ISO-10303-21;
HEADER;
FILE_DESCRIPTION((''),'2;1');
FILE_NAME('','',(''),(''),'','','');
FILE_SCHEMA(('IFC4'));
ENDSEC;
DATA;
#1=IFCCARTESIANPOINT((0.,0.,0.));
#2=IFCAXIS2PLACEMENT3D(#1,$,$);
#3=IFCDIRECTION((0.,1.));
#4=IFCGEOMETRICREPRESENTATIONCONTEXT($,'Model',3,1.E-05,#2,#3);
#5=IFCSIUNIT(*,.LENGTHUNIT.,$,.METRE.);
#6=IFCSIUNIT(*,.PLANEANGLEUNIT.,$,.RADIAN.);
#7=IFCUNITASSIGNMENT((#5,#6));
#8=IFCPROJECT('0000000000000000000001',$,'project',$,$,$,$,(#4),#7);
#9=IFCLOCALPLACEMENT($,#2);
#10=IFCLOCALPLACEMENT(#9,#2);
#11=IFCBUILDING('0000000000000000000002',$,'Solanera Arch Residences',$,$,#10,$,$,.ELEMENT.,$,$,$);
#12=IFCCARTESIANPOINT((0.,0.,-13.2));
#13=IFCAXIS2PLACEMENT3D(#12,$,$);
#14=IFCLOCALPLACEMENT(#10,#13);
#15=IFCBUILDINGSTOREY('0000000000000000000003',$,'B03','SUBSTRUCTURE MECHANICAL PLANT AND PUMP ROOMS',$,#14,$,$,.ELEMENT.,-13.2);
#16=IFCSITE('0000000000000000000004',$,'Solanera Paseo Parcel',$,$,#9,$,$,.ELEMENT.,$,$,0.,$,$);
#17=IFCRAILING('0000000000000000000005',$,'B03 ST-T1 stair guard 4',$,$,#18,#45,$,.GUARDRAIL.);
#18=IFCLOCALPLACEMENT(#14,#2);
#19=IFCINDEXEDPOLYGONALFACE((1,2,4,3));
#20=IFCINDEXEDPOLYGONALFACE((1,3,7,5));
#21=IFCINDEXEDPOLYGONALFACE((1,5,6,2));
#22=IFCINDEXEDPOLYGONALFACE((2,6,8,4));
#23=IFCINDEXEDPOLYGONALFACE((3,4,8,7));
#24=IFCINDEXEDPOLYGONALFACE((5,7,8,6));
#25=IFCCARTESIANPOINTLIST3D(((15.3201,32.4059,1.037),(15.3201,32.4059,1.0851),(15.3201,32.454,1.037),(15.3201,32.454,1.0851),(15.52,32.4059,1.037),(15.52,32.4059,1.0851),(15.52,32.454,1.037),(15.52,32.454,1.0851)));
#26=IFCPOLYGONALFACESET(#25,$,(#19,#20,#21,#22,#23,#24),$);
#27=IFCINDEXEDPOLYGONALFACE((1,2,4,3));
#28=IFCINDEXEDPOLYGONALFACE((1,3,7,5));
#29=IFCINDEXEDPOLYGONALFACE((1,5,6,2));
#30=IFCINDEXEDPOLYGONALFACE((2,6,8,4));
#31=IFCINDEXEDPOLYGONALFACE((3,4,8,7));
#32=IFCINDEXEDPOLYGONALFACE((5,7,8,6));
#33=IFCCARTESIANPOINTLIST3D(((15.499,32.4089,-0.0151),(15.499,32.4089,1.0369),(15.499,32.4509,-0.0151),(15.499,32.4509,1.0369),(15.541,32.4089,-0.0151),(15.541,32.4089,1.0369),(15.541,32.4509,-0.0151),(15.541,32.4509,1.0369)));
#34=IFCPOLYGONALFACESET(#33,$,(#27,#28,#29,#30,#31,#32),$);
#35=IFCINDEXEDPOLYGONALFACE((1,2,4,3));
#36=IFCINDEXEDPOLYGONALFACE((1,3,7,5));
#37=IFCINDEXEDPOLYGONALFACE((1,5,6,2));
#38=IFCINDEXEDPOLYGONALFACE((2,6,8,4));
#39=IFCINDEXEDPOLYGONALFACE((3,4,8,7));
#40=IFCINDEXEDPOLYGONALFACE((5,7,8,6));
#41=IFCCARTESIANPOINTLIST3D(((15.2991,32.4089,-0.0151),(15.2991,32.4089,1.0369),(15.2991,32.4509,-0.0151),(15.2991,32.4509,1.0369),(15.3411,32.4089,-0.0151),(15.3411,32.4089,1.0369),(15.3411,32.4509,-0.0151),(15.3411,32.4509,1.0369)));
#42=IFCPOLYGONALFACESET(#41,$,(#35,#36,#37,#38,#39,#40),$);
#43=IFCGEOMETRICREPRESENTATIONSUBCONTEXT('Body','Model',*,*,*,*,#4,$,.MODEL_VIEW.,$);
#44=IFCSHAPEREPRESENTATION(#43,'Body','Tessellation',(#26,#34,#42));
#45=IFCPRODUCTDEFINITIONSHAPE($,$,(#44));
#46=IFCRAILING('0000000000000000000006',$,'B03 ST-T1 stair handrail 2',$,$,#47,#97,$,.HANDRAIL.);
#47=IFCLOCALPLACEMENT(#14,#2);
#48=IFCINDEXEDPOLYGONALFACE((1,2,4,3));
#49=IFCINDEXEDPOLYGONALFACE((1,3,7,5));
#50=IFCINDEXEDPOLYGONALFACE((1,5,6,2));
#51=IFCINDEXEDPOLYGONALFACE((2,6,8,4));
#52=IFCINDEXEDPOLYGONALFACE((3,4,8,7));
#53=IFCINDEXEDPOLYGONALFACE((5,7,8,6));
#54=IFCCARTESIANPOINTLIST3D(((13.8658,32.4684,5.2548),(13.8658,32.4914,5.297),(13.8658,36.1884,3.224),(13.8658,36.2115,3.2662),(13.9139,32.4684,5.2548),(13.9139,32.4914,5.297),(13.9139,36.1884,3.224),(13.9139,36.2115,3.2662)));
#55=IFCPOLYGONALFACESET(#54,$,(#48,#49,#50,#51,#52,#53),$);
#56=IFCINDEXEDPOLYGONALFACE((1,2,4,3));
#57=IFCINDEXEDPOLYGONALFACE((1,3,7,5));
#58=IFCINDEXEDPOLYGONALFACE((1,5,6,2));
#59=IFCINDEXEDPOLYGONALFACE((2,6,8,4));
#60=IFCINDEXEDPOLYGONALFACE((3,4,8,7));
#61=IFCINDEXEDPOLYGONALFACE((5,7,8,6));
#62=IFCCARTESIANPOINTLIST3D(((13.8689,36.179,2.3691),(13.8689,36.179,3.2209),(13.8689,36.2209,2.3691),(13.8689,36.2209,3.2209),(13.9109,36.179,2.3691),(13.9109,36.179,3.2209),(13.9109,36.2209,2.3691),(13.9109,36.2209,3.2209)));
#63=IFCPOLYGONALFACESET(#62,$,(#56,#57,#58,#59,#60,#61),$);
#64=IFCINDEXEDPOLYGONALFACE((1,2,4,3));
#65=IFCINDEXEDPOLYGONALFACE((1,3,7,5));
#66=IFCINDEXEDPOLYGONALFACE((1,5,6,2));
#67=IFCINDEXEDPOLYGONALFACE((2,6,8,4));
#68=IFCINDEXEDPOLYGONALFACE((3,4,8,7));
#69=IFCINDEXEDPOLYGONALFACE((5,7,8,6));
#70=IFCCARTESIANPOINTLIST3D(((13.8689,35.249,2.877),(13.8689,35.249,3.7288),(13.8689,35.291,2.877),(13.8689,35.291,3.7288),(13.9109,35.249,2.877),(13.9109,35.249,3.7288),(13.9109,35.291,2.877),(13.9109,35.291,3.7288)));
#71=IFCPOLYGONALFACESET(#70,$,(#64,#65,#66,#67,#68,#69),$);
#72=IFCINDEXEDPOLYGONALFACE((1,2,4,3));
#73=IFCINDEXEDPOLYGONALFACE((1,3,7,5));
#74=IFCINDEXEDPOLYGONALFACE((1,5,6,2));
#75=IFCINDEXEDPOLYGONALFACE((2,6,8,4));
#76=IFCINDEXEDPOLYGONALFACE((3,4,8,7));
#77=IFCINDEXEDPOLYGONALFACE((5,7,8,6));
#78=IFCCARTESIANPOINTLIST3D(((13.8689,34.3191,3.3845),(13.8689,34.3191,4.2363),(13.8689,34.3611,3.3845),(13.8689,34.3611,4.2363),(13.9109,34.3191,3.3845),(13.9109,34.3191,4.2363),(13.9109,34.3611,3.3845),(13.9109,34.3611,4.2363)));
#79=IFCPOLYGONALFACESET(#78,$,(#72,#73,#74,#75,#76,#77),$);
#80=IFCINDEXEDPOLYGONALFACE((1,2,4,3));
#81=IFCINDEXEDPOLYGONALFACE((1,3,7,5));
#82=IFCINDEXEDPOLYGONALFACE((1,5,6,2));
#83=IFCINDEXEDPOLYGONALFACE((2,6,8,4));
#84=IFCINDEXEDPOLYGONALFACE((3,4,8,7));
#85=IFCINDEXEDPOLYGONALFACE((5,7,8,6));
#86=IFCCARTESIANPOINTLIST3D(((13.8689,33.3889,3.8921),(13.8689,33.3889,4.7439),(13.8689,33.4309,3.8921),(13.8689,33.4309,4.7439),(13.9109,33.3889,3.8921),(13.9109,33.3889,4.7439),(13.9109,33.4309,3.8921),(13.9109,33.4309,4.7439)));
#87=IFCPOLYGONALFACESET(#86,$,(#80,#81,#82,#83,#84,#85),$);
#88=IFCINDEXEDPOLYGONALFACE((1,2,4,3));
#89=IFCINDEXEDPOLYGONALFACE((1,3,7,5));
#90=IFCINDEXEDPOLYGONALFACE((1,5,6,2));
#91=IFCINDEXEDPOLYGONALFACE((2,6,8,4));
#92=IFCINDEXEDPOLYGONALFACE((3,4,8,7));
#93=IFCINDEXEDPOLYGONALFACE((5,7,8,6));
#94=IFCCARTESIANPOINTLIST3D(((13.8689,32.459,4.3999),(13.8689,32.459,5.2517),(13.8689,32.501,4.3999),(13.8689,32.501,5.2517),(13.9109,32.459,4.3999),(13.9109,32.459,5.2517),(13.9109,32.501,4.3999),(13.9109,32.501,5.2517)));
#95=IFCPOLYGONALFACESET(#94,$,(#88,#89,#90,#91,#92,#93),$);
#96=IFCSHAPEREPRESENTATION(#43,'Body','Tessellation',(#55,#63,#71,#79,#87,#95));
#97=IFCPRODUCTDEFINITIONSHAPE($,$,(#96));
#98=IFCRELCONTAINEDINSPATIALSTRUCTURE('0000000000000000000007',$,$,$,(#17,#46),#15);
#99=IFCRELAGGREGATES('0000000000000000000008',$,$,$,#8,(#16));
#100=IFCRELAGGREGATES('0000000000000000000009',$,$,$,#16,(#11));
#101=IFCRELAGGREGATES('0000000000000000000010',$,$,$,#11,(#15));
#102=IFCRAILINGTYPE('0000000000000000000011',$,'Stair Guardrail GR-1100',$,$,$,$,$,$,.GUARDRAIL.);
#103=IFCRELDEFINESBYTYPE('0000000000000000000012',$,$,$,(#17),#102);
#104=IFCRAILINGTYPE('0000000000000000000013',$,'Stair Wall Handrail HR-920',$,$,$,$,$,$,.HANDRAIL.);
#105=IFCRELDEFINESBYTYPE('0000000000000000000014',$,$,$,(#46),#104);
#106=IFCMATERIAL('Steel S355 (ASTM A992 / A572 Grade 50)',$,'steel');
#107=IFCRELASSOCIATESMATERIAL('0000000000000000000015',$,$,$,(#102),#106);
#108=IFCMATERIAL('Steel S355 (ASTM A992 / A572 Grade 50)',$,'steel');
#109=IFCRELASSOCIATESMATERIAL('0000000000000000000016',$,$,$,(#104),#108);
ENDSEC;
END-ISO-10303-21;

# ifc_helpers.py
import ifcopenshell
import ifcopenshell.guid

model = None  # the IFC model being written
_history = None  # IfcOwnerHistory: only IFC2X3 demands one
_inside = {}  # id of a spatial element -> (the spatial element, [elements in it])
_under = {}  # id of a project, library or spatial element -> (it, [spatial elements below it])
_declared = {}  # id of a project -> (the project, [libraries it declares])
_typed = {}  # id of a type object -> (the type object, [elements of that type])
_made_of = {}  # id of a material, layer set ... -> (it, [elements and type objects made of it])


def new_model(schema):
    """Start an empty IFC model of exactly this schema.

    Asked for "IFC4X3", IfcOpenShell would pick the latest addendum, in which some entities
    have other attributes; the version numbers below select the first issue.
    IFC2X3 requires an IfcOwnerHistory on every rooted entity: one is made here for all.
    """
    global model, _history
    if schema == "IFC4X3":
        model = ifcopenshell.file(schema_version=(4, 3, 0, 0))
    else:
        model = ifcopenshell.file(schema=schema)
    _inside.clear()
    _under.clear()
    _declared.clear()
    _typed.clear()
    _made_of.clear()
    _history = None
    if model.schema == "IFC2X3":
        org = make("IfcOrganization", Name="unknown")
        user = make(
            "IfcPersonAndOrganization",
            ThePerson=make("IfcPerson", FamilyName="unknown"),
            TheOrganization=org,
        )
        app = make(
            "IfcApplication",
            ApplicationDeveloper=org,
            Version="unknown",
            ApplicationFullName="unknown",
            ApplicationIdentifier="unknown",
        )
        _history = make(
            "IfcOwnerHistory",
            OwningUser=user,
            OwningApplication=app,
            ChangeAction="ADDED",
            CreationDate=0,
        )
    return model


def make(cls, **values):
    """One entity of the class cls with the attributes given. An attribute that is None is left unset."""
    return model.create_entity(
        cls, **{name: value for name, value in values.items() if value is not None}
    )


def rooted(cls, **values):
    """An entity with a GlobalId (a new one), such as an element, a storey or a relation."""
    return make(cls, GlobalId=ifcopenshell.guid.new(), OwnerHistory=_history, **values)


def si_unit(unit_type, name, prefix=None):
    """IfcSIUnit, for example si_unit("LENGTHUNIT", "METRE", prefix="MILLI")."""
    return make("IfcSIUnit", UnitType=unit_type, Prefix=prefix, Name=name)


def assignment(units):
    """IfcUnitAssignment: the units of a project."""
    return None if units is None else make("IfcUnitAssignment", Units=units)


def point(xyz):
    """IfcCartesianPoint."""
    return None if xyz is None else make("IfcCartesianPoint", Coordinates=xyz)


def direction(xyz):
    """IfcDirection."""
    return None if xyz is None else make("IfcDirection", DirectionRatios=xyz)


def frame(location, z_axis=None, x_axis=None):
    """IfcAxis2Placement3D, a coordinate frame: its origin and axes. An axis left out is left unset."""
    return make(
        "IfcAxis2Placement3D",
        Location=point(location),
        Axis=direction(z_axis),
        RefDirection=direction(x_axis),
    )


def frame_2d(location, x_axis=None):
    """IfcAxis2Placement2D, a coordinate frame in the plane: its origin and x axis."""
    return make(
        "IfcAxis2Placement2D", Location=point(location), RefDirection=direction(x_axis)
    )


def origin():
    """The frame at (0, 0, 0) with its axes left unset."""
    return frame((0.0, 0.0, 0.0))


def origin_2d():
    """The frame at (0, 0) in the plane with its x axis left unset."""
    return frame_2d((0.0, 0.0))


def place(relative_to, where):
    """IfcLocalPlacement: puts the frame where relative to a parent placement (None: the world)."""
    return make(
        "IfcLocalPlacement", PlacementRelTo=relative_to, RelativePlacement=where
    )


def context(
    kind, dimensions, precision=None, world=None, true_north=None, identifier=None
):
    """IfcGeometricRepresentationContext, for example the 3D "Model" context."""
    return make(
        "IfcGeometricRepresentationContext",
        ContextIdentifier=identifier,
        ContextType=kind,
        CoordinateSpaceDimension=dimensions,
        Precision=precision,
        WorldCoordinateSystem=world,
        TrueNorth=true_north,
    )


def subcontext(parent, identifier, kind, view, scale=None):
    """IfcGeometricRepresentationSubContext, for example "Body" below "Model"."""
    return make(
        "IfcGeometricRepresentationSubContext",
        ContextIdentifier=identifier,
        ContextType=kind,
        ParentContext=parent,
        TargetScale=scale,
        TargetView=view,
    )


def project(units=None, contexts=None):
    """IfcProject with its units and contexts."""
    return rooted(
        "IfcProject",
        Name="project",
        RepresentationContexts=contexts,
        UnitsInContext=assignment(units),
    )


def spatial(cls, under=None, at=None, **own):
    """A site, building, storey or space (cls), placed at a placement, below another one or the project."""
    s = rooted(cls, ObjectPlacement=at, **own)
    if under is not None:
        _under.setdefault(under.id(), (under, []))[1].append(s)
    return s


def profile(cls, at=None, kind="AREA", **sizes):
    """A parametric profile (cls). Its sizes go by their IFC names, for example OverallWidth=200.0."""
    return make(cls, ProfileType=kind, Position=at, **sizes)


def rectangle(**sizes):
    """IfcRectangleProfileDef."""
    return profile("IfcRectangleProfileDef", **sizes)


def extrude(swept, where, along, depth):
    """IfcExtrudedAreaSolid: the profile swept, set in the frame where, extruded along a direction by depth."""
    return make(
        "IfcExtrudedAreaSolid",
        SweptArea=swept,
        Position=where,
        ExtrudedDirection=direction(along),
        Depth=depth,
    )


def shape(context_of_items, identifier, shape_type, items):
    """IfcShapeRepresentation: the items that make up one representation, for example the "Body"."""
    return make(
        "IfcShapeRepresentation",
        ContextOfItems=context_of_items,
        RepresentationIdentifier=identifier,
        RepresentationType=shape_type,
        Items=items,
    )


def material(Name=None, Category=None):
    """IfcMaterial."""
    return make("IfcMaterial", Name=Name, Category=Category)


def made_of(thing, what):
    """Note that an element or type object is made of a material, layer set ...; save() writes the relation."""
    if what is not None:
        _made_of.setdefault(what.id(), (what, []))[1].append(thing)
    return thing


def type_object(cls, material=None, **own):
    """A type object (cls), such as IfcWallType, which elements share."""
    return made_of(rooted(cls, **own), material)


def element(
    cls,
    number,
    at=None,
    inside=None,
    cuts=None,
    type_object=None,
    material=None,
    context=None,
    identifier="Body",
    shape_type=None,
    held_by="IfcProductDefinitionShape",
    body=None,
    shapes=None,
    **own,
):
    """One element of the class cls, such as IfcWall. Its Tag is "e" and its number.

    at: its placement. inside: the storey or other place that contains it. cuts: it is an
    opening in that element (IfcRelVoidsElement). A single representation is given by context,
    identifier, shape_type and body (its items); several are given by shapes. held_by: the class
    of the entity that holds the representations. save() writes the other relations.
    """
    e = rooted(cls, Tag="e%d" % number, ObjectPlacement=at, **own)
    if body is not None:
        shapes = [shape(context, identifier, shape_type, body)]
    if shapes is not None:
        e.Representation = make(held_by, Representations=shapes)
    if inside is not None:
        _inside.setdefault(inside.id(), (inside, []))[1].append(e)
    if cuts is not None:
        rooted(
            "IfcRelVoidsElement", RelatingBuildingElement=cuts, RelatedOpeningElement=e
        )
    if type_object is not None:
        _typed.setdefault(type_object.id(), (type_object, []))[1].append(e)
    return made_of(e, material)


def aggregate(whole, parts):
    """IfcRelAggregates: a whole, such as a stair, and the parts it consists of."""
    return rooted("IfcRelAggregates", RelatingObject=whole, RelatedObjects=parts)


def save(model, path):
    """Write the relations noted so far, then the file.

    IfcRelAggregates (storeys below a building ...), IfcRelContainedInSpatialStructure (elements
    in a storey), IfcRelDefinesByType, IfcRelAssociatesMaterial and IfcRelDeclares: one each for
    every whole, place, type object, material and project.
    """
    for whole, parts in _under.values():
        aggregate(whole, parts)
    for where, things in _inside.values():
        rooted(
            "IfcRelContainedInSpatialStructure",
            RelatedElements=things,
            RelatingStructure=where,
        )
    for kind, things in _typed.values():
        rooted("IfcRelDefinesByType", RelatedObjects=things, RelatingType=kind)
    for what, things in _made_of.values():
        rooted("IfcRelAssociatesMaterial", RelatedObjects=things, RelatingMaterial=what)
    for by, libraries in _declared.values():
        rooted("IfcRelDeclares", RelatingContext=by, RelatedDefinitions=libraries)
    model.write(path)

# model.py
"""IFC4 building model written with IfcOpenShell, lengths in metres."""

from ifc_helpers import new_model, si_unit, direction, frame, origin, origin_2d, place, context, subcontext, project, spatial, rectangle, extrude, material, type_object, element, save


model = new_model("IFC4")

# Units and contexts
model_context = context("Model", 3, precision=1e-05, world=origin(), true_north=direction((0.0, 1.0)))
body_context = subcontext(model_context, "Body", "Model", "MODEL_VIEW")
ifc_project = project(units=[si_unit("LENGTHUNIT", "METRE"), si_unit("PLANEANGLEUNIT", "RADIAN")], contexts=[model_context])

# Site, building, storey
site_placement = place(None, origin())
site = spatial("IfcSite", under=ifc_project, at=site_placement, Name="Solanera Paseo Parcel", CompositionType="ELEMENT", RefElevation=0.0)
building_placement = place(site_placement, origin())
building = spatial("IfcBuilding", under=site, at=building_placement, Name="Solanera Arch Residences", CompositionType="ELEMENT")
storey_placement = place(building_placement, frame((0.0, 0.0, -13.2)))
storey = spatial("IfcBuildingStorey", under=building, at=storey_placement, Name="B03", Description="SUBSTRUCTURE MECHANICAL PLANT AND PUMP ROOMS", CompositionType="ELEMENT", Elevation=-13.2)

# Railings
ifc_material_1 = material(Name="Steel S355 (ASTM A992 / A572 Grade 50)", Category="steel")
railing_type_1 = type_object("IfcRailingType", Name="Stair Guardrail GR-1100", PredefinedType="GUARDRAIL", material=ifc_material_1)
railing_1_placement = place(storey_placement, frame((15.52, 32.4299, -0.0151)))
element("IfcRailing", 1, at=railing_1_placement, inside=storey, type_object=railing_type_1, Name="B03 ST-T1 stair guard 4", PredefinedType="GUARDRAIL", context=body_context, shape_type="SweptSolid", body=[
    extrude(rectangle(XDim=0.0481, YDim=0.0481, at=origin_2d()), frame((0.0, 0.0, 1.0762), z_axis=(-1.0, 0.0, 0.0), x_axis=(0.0, -1.0, 0.0)), (0.0, 0.0, 1.0), 0.2),
    extrude(rectangle(XDim=0.042, YDim=0.042, at=origin_2d()), origin(), (0.0, 0.0, 1.0), 1.052),
    extrude(rectangle(XDim=0.042, YDim=0.042, at=origin_2d()), frame((-0.2, 0.0, 0.0)), (0.0, 0.0, 1.0), 1.052),
])
ifc_material_2 = material(Name="Steel S355 (ASTM A992 / A572 Grade 50)", Category="steel")
railing_type_2 = type_object("IfcRailingType", Name="Stair Wall Handrail HR-920", PredefinedType="HANDRAIL", material=ifc_material_2)
railing_2_placement = place(storey_placement, frame((13.8899, 36.2, 2.3691)))
element("IfcRailing", 2, at=railing_2_placement, inside=storey, type_object=railing_type_2, Name="B03 ST-T1 stair handrail 2", PredefinedType="HANDRAIL", context=body_context, shape_type="SweptSolid", body=[
    extrude(rectangle(XDim=0.0481, YDim=0.0481, at=origin_2d()), frame((0.0, 0.0, 0.876), z_axis=(0.0, -0.877728, 0.479159), x_axis=(1.0, 0.0, 0.0)), (0.0, 0.0, 1.0), 4.2383),
    extrude(rectangle(XDim=0.042, YDim=0.042, at=origin_2d()), origin(), (0.0, 0.0, 1.0), 0.8518),
    extrude(rectangle(XDim=0.042, YDim=0.042, at=origin_2d()), frame((0.0, -0.9299, 0.5078)), (0.0, 0.0, 1.0), 0.8518),
    extrude(rectangle(XDim=0.042, YDim=0.042, at=origin_2d()), frame((0.0, -1.8599, 1.0154)), (0.0, 0.0, 1.0), 0.8518),
    extrude(rectangle(XDim=0.042, YDim=0.042, at=origin_2d()), frame((0.0, -2.79, 1.5229)), (0.0, 0.0, 1.0), 0.8518),
    extrude(rectangle(XDim=0.042, YDim=0.042, at=origin_2d()), frame((0.0, -3.72, 2.0308)), (0.0, 0.0, 1.0), 0.8518),
])

save(model, "model.ifc")
